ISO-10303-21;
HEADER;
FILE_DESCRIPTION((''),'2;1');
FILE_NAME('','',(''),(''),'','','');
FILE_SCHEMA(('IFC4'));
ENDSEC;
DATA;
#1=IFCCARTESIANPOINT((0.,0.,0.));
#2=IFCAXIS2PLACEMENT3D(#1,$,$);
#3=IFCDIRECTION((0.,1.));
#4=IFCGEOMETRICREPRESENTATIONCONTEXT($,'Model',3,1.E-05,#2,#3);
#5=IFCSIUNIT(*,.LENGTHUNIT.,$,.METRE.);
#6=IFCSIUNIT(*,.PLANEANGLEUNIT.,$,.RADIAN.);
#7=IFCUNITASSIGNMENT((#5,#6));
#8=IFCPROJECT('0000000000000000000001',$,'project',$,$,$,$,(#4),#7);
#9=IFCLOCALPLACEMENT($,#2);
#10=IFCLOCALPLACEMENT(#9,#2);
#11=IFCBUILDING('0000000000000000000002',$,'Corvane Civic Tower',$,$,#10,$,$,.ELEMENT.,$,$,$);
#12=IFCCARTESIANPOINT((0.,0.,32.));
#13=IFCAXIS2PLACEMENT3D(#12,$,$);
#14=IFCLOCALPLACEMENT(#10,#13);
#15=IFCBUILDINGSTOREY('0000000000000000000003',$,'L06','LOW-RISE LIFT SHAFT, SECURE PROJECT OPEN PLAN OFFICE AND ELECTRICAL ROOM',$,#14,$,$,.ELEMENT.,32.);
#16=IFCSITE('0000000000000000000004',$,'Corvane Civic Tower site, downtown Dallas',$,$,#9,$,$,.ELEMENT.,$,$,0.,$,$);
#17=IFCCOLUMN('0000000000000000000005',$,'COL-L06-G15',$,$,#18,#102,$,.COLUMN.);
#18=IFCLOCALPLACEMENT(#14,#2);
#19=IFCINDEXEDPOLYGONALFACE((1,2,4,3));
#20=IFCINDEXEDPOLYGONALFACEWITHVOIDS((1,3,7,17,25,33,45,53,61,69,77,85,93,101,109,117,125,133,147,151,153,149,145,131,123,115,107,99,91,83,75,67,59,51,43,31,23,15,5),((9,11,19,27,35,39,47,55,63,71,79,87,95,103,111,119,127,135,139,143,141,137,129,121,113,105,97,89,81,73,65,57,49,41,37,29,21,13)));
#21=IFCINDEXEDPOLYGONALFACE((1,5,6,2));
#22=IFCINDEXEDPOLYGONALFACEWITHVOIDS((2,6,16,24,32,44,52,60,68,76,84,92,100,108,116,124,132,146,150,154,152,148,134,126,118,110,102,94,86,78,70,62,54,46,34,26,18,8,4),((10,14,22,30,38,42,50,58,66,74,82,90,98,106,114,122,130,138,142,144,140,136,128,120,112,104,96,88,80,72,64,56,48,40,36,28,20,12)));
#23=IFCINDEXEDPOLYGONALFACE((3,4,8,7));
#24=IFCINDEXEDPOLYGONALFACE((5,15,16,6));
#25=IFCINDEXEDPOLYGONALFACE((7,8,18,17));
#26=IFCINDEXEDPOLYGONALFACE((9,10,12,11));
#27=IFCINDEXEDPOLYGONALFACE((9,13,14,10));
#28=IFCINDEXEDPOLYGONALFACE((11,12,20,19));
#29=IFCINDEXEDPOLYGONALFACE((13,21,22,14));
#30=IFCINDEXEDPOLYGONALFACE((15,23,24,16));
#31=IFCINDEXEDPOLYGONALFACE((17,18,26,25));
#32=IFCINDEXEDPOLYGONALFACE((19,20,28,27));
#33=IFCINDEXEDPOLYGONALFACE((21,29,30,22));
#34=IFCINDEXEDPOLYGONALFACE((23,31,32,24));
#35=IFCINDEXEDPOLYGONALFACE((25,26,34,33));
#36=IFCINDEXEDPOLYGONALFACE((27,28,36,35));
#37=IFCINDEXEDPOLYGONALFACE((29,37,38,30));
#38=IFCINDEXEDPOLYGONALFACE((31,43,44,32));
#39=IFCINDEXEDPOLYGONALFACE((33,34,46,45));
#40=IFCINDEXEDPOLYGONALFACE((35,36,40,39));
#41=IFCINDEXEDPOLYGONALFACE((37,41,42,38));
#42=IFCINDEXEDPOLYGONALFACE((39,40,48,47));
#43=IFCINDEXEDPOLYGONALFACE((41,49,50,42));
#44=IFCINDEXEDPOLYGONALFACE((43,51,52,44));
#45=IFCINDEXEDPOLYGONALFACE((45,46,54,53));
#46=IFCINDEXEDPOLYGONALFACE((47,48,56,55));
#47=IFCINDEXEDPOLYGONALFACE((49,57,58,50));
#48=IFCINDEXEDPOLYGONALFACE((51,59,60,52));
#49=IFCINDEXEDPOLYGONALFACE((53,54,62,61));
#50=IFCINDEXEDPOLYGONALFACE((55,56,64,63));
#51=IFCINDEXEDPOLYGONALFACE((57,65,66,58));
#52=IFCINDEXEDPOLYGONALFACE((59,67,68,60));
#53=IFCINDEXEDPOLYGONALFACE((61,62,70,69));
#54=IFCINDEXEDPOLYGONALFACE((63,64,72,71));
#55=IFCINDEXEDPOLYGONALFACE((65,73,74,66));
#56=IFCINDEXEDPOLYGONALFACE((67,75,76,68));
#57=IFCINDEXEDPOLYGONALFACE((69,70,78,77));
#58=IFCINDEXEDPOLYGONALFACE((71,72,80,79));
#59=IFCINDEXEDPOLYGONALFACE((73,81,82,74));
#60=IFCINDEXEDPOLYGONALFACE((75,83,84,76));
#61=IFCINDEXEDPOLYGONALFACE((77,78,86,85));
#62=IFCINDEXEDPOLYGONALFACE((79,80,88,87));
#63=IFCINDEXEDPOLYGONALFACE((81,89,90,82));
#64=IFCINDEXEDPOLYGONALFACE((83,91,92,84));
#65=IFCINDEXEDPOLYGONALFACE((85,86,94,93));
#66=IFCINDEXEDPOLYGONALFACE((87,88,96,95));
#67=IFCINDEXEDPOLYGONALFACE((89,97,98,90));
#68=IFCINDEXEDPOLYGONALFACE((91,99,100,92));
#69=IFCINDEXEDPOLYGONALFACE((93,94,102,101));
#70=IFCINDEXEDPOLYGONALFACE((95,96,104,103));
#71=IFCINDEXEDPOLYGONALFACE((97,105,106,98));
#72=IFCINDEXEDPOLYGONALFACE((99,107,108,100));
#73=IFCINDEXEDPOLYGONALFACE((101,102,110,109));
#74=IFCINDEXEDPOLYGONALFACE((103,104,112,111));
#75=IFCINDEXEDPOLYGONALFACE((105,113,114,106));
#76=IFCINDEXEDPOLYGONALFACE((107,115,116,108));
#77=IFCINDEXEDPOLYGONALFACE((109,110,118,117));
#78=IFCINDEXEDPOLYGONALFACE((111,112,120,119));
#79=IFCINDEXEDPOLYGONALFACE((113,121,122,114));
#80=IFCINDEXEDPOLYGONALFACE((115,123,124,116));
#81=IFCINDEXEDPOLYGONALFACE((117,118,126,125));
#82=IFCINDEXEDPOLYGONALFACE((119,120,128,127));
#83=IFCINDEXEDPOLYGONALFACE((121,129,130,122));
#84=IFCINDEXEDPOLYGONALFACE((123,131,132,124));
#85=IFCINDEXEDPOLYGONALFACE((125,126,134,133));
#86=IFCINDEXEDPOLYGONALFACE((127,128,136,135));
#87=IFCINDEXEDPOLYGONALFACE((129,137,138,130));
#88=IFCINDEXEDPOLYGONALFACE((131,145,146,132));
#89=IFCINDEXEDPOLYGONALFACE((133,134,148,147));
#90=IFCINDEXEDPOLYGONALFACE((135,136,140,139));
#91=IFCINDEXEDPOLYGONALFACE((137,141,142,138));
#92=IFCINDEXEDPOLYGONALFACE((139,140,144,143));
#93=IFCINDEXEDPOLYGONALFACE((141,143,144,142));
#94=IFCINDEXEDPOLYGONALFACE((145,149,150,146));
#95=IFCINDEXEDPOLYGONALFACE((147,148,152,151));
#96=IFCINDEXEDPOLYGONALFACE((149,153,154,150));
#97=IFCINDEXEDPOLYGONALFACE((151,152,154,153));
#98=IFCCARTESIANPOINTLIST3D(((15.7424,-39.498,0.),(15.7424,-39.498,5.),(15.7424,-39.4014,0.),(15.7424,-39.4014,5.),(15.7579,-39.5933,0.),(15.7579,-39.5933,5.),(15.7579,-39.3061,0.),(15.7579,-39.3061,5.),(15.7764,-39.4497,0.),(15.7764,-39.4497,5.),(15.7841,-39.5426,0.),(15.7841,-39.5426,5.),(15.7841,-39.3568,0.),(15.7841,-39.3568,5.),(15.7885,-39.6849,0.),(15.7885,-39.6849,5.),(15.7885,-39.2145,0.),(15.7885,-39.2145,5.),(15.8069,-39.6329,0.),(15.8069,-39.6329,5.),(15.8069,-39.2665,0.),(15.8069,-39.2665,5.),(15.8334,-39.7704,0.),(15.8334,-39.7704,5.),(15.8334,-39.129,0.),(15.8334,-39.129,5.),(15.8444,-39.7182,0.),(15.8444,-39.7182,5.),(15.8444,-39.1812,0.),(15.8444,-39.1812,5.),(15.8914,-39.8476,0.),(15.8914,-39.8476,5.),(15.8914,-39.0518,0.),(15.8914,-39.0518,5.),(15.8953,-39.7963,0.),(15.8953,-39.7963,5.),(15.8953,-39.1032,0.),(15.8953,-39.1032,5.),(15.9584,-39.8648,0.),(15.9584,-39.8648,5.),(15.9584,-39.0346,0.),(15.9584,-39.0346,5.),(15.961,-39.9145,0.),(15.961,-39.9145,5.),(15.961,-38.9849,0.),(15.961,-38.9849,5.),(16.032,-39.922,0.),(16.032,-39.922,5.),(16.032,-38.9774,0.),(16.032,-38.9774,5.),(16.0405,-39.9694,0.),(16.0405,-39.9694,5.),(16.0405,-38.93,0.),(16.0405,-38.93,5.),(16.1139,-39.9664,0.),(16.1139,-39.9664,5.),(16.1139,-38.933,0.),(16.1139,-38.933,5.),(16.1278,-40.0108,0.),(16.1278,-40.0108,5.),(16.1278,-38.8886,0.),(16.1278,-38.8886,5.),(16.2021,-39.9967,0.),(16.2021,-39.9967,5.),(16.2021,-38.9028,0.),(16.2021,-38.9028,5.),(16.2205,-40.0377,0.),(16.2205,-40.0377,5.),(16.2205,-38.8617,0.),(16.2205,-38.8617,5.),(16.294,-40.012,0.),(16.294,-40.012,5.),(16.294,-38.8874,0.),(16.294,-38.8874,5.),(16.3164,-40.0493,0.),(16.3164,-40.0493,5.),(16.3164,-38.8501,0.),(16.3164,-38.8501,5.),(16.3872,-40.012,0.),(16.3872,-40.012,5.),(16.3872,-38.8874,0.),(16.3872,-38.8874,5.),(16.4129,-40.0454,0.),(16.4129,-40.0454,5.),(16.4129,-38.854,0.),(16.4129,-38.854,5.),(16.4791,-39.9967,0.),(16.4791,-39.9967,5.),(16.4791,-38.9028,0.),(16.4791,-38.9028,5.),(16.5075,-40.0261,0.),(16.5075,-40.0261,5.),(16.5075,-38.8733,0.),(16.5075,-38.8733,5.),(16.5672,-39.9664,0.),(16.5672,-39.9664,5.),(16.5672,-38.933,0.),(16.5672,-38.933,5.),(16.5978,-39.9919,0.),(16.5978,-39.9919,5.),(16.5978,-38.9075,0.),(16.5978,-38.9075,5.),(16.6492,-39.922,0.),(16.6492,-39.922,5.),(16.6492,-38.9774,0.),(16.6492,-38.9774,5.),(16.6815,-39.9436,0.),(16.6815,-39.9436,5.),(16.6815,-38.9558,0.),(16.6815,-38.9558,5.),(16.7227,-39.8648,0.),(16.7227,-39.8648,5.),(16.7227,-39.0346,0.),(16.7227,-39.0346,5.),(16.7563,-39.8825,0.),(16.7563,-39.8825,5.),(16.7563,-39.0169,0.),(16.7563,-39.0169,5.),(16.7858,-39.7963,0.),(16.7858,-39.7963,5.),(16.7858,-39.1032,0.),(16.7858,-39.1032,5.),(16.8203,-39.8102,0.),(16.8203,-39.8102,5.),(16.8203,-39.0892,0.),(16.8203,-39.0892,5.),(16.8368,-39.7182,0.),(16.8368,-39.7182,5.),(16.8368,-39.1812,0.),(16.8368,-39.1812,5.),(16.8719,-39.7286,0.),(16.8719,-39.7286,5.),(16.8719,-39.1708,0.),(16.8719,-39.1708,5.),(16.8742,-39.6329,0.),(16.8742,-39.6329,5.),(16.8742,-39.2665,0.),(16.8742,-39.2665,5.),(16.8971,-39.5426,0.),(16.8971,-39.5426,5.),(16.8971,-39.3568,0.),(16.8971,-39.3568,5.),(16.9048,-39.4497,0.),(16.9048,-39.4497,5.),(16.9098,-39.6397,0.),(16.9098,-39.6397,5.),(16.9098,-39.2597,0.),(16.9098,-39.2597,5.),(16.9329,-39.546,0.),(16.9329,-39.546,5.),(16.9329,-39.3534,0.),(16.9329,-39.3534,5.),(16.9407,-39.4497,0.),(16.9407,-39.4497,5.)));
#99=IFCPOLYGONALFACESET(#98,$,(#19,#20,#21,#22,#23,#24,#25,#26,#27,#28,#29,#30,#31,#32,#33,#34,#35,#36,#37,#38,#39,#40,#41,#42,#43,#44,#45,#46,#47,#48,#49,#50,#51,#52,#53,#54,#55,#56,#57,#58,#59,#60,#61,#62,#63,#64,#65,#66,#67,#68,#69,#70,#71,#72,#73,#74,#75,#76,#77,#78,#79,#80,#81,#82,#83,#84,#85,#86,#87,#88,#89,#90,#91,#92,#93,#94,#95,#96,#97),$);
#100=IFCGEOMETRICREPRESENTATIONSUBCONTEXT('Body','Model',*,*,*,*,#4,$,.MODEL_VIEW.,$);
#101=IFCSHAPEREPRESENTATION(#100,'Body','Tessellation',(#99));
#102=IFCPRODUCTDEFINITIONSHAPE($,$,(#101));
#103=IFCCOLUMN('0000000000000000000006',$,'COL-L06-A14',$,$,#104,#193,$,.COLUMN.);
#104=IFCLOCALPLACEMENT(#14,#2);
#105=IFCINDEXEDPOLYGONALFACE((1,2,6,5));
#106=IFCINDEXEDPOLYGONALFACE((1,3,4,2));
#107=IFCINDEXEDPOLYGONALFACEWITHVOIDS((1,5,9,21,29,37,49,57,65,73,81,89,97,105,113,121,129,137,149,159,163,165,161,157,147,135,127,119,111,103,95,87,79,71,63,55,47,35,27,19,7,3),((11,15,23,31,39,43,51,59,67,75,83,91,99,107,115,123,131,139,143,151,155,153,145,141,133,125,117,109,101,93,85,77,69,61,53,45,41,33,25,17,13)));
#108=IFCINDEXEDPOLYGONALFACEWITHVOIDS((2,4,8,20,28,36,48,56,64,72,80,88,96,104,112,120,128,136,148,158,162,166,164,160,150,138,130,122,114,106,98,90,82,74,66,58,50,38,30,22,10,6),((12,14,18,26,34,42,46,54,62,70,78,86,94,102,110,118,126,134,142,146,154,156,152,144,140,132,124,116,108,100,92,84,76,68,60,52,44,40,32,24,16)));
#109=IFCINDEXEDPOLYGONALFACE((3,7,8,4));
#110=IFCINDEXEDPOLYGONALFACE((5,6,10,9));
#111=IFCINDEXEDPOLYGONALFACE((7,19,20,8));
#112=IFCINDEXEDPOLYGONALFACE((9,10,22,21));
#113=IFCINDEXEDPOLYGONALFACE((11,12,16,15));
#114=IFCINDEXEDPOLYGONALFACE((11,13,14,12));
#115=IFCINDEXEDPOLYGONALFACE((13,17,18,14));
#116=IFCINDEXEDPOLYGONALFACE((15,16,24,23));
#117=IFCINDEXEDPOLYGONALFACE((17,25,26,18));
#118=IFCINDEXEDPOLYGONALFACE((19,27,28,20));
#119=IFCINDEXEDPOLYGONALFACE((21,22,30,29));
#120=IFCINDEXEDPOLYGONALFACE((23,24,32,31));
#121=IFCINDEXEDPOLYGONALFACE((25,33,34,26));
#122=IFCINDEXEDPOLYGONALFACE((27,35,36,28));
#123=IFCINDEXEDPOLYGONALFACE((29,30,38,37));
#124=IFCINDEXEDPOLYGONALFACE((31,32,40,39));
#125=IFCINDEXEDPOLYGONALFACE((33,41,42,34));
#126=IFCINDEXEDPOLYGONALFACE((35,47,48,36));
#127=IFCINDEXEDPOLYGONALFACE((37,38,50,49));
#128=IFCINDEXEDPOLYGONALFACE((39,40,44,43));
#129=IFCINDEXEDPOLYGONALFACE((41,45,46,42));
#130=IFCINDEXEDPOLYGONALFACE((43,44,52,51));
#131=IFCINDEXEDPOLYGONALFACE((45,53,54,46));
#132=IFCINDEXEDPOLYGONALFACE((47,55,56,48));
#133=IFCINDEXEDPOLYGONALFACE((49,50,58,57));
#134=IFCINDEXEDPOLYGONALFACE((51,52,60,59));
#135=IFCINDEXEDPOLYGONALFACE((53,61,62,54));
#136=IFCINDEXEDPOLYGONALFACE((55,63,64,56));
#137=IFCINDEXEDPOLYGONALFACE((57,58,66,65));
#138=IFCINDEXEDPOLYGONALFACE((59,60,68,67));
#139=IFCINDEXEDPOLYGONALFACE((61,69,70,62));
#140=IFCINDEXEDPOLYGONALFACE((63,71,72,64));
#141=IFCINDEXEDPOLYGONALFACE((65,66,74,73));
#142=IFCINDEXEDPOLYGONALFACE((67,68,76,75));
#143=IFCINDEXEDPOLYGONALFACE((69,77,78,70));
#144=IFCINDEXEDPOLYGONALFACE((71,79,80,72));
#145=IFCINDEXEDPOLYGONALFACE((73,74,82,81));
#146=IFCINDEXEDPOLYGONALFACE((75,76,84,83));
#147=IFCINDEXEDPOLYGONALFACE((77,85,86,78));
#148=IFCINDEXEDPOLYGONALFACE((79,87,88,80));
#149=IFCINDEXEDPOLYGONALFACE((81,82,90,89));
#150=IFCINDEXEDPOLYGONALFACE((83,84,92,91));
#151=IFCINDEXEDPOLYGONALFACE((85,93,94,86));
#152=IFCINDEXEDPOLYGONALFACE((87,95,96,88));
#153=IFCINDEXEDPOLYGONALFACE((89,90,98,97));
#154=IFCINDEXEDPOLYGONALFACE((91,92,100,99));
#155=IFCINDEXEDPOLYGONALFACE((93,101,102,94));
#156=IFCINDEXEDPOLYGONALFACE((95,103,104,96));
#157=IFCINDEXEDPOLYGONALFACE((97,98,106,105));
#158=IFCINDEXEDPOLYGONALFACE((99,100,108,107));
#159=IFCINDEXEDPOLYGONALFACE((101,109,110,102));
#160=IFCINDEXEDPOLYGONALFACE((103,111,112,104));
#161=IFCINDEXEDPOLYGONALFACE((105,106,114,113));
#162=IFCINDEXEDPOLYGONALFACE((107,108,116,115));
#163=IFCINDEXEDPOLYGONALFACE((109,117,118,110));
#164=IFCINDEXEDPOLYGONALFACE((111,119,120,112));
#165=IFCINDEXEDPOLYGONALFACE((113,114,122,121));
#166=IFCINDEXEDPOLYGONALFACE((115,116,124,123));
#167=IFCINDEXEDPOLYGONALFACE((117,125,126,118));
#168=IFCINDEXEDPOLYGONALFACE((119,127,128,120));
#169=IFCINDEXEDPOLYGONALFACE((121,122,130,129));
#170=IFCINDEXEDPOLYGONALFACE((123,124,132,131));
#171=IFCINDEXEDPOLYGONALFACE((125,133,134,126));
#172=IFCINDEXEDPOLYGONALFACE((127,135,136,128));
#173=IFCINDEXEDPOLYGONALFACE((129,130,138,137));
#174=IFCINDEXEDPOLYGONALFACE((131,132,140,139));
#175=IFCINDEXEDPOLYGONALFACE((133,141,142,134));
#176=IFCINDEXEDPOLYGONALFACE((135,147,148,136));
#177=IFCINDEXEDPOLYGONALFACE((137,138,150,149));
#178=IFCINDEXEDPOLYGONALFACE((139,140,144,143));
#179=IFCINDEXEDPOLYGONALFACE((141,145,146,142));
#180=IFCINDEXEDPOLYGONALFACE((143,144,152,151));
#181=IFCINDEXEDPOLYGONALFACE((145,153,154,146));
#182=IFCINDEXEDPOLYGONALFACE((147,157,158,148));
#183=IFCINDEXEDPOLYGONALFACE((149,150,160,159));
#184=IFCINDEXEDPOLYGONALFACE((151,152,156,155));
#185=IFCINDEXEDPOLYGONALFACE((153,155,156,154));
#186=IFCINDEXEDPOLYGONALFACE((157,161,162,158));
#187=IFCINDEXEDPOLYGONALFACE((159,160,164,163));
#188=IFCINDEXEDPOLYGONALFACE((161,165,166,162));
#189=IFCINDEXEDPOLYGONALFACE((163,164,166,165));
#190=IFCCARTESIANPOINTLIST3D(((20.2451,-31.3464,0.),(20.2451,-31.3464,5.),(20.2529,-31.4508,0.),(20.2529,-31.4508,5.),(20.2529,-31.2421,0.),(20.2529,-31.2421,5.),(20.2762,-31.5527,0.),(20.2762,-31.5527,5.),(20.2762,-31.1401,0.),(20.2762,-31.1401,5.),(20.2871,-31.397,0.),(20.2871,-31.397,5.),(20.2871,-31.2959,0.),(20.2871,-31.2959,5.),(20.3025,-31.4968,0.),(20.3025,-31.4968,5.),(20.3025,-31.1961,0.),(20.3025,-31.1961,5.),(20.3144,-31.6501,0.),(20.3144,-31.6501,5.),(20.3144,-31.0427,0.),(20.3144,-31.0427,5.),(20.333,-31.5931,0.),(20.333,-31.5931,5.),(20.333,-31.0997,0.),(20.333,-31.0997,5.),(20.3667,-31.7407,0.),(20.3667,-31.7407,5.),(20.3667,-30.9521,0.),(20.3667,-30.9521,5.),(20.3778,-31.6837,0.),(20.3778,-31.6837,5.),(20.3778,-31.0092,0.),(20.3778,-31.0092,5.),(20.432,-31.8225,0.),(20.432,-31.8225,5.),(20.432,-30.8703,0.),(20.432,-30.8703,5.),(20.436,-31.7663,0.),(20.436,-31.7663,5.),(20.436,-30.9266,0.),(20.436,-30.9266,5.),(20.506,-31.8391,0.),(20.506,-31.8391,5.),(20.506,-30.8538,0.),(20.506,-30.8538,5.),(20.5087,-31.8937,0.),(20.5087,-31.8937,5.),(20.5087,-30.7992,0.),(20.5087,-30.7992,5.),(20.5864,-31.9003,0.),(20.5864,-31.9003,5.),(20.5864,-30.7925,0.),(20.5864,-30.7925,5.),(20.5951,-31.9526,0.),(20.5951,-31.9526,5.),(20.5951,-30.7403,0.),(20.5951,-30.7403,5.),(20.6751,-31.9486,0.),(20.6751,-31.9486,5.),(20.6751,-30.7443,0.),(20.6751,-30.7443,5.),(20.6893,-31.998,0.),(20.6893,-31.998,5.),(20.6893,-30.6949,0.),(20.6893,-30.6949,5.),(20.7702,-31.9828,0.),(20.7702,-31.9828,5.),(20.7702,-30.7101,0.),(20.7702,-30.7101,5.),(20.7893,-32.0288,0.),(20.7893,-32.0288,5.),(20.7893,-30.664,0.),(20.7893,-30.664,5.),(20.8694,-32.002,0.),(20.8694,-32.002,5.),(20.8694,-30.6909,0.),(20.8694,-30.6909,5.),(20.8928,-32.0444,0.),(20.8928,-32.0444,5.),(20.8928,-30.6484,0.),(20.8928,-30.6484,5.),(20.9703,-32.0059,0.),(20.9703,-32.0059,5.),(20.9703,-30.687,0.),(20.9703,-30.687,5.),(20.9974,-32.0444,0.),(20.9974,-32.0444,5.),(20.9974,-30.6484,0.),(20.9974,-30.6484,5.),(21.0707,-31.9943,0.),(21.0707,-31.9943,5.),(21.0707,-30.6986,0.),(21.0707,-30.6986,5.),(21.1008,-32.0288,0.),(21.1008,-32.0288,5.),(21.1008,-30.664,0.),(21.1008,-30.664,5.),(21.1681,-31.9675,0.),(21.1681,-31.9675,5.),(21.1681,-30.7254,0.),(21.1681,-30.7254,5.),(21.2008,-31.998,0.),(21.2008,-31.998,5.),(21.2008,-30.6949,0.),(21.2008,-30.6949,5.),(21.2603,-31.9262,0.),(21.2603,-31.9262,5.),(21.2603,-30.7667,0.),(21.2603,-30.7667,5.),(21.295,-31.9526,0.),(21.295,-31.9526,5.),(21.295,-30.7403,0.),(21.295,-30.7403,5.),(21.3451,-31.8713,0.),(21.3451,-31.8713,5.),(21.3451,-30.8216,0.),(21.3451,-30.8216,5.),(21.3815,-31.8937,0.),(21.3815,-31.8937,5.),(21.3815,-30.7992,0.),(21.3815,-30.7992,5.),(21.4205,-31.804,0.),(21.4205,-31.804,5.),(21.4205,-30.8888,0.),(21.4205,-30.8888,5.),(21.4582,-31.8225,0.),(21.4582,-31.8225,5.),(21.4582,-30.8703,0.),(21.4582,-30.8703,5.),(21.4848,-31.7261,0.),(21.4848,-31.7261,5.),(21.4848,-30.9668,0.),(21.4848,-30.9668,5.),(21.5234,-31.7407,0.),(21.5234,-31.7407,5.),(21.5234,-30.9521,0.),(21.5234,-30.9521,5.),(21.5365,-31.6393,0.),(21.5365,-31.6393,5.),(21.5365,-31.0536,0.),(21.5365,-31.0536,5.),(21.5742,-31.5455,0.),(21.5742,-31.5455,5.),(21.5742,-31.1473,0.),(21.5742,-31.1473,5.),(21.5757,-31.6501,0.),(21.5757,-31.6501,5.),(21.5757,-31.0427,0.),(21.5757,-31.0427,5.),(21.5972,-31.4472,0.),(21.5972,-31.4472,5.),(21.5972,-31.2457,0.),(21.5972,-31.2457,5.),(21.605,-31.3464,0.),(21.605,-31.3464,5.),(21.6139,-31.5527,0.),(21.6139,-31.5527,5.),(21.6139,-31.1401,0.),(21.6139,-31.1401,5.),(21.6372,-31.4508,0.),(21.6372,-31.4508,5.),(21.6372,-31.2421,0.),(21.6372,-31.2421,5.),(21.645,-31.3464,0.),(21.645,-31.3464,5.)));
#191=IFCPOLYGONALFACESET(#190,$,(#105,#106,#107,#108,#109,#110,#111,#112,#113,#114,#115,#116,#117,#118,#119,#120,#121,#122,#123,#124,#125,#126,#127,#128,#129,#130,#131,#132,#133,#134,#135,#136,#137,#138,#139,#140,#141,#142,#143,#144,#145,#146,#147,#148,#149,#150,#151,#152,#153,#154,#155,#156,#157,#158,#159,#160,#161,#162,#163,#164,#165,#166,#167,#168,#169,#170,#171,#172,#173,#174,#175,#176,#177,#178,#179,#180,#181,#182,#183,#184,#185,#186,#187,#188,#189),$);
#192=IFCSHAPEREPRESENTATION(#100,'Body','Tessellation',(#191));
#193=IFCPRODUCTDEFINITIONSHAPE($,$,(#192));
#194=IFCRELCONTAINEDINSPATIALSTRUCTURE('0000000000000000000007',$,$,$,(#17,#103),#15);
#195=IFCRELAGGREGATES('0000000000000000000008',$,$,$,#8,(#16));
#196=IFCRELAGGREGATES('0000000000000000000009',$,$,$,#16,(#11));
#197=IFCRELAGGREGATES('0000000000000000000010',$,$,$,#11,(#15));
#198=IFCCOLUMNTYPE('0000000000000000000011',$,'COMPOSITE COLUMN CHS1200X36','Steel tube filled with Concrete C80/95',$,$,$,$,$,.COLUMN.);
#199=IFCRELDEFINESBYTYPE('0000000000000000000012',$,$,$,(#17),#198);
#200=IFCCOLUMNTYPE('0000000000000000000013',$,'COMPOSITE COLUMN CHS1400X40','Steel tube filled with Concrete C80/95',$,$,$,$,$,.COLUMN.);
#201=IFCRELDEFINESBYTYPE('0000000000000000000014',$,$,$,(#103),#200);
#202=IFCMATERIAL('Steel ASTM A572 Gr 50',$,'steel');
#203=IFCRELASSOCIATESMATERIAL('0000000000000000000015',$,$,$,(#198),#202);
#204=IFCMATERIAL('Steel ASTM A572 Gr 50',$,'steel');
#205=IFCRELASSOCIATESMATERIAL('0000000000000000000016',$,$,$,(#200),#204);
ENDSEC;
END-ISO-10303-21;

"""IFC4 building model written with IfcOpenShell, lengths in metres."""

from ifc_helpers import new_model, si_unit, direction, frame, origin, origin_2d, place, context, subcontext, project, spatial, hollow_circle, extrude, material, material_profile, profile_set, type_object, element, save


model = new_model("IFC4")

# Units and contexts
model_context = context("Model", 3, precision=1e-05, world=origin(), true_north=direction((0.0, 1.0)))
body_context = subcontext(model_context, "Body", "Model", "MODEL_VIEW")
ifc_project = project(units=[si_unit("LENGTHUNIT", "METRE"), si_unit("PLANEANGLEUNIT", "RADIAN")], contexts=[model_context])

# Site, building, storey
site_placement = place(None, origin())
site = spatial("IfcSite", under=ifc_project, at=site_placement, Name="Corvane Civic Tower site, downtown Dallas", CompositionType="ELEMENT", RefElevation=0.0)
building_placement = place(site_placement, origin())
building = spatial("IfcBuilding", under=site, at=building_placement, Name="Corvane Civic Tower", CompositionType="ELEMENT")
storey_placement = place(building_placement, frame((0.0, 0.0, 32.0)))
storey = spatial("IfcBuildingStorey", under=building, at=storey_placement, Name="L06", Description="LOW-RISE LIFT SHAFT, SECURE PROJECT OPEN PLAN OFFICE AND ELECTRICAL ROOM", CompositionType="ELEMENT", Elevation=32.0)

# Columns
ifc_material_1 = material(Name="Steel ASTM A572 Gr 50", Category="steel")
ifc_material_profile_1 = material_profile(ifc_material_1, hollow_circle(Radius=0.6001, WallThickness=0.0359, at=origin_2d()), Name="CHS1200X36")
ifc_profile_set_1 = profile_set([ifc_material_profile_1], Name="Steel ASTM A572 Gr 50")
column_type_1 = type_object("IfcColumnType", Name="COMPOSITE COLUMN CHS1200X36", Description="Steel tube filled with Concrete C80/95", PredefinedType="COLUMN", material=ifc_profile_set_1)
column_placement = place(storey_placement, frame((16.3406, -39.4497, 0.0), z_axis=(0.0, 0.0, 1.0), x_axis=(1.0, 0.0, 0.0)))
element("IfcColumn", 1, at=column_placement, inside=storey, type_object=column_type_1, Name="COL-L06-G15", PredefinedType="COLUMN", context=body_context, shape_type="SweptSolid", body=[
    extrude(hollow_circle(Radius=0.6001, WallThickness=0.0359, at=origin_2d()), origin(), (0.0, 0.0, 1.0), 5.0),
])
ifc_material_2 = material(Name="Steel ASTM A572 Gr 50", Category="steel")
ifc_material_profile_2 = material_profile(ifc_material_2, hollow_circle(Radius=0.7, WallThickness=0.04, at=origin_2d()), Name="CHS1400X40")
ifc_profile_set_2 = profile_set([ifc_material_profile_2], Name="Steel ASTM A572 Gr 50")
column_type_2 = type_object("IfcColumnType", Name="COMPOSITE COLUMN CHS1400X40", Description="Steel tube filled with Concrete C80/95", PredefinedType="COLUMN", material=ifc_profile_set_2)
for number, where, z_axis, x_axis, name in (
    (2, (20.9451, -31.3464, 0.0), (0.0, 0.0, 1.0), (1.0, 0.0, 0.0), "COL-L06-A14"),
):
    element("IfcColumn", number, at=place(storey_placement, frame(where, z_axis=z_axis, x_axis=x_axis)), inside=storey, type_object=column_type_2, Name=name, PredefinedType="COLUMN", context=body_context, shape_type="SweptSolid", body=[
        extrude(hollow_circle(Radius=0.7, WallThickness=0.04, at=origin_2d()), origin(), (0.0, 0.0, 1.0), 5.0),
    ])

save(model, "model.ifc")
